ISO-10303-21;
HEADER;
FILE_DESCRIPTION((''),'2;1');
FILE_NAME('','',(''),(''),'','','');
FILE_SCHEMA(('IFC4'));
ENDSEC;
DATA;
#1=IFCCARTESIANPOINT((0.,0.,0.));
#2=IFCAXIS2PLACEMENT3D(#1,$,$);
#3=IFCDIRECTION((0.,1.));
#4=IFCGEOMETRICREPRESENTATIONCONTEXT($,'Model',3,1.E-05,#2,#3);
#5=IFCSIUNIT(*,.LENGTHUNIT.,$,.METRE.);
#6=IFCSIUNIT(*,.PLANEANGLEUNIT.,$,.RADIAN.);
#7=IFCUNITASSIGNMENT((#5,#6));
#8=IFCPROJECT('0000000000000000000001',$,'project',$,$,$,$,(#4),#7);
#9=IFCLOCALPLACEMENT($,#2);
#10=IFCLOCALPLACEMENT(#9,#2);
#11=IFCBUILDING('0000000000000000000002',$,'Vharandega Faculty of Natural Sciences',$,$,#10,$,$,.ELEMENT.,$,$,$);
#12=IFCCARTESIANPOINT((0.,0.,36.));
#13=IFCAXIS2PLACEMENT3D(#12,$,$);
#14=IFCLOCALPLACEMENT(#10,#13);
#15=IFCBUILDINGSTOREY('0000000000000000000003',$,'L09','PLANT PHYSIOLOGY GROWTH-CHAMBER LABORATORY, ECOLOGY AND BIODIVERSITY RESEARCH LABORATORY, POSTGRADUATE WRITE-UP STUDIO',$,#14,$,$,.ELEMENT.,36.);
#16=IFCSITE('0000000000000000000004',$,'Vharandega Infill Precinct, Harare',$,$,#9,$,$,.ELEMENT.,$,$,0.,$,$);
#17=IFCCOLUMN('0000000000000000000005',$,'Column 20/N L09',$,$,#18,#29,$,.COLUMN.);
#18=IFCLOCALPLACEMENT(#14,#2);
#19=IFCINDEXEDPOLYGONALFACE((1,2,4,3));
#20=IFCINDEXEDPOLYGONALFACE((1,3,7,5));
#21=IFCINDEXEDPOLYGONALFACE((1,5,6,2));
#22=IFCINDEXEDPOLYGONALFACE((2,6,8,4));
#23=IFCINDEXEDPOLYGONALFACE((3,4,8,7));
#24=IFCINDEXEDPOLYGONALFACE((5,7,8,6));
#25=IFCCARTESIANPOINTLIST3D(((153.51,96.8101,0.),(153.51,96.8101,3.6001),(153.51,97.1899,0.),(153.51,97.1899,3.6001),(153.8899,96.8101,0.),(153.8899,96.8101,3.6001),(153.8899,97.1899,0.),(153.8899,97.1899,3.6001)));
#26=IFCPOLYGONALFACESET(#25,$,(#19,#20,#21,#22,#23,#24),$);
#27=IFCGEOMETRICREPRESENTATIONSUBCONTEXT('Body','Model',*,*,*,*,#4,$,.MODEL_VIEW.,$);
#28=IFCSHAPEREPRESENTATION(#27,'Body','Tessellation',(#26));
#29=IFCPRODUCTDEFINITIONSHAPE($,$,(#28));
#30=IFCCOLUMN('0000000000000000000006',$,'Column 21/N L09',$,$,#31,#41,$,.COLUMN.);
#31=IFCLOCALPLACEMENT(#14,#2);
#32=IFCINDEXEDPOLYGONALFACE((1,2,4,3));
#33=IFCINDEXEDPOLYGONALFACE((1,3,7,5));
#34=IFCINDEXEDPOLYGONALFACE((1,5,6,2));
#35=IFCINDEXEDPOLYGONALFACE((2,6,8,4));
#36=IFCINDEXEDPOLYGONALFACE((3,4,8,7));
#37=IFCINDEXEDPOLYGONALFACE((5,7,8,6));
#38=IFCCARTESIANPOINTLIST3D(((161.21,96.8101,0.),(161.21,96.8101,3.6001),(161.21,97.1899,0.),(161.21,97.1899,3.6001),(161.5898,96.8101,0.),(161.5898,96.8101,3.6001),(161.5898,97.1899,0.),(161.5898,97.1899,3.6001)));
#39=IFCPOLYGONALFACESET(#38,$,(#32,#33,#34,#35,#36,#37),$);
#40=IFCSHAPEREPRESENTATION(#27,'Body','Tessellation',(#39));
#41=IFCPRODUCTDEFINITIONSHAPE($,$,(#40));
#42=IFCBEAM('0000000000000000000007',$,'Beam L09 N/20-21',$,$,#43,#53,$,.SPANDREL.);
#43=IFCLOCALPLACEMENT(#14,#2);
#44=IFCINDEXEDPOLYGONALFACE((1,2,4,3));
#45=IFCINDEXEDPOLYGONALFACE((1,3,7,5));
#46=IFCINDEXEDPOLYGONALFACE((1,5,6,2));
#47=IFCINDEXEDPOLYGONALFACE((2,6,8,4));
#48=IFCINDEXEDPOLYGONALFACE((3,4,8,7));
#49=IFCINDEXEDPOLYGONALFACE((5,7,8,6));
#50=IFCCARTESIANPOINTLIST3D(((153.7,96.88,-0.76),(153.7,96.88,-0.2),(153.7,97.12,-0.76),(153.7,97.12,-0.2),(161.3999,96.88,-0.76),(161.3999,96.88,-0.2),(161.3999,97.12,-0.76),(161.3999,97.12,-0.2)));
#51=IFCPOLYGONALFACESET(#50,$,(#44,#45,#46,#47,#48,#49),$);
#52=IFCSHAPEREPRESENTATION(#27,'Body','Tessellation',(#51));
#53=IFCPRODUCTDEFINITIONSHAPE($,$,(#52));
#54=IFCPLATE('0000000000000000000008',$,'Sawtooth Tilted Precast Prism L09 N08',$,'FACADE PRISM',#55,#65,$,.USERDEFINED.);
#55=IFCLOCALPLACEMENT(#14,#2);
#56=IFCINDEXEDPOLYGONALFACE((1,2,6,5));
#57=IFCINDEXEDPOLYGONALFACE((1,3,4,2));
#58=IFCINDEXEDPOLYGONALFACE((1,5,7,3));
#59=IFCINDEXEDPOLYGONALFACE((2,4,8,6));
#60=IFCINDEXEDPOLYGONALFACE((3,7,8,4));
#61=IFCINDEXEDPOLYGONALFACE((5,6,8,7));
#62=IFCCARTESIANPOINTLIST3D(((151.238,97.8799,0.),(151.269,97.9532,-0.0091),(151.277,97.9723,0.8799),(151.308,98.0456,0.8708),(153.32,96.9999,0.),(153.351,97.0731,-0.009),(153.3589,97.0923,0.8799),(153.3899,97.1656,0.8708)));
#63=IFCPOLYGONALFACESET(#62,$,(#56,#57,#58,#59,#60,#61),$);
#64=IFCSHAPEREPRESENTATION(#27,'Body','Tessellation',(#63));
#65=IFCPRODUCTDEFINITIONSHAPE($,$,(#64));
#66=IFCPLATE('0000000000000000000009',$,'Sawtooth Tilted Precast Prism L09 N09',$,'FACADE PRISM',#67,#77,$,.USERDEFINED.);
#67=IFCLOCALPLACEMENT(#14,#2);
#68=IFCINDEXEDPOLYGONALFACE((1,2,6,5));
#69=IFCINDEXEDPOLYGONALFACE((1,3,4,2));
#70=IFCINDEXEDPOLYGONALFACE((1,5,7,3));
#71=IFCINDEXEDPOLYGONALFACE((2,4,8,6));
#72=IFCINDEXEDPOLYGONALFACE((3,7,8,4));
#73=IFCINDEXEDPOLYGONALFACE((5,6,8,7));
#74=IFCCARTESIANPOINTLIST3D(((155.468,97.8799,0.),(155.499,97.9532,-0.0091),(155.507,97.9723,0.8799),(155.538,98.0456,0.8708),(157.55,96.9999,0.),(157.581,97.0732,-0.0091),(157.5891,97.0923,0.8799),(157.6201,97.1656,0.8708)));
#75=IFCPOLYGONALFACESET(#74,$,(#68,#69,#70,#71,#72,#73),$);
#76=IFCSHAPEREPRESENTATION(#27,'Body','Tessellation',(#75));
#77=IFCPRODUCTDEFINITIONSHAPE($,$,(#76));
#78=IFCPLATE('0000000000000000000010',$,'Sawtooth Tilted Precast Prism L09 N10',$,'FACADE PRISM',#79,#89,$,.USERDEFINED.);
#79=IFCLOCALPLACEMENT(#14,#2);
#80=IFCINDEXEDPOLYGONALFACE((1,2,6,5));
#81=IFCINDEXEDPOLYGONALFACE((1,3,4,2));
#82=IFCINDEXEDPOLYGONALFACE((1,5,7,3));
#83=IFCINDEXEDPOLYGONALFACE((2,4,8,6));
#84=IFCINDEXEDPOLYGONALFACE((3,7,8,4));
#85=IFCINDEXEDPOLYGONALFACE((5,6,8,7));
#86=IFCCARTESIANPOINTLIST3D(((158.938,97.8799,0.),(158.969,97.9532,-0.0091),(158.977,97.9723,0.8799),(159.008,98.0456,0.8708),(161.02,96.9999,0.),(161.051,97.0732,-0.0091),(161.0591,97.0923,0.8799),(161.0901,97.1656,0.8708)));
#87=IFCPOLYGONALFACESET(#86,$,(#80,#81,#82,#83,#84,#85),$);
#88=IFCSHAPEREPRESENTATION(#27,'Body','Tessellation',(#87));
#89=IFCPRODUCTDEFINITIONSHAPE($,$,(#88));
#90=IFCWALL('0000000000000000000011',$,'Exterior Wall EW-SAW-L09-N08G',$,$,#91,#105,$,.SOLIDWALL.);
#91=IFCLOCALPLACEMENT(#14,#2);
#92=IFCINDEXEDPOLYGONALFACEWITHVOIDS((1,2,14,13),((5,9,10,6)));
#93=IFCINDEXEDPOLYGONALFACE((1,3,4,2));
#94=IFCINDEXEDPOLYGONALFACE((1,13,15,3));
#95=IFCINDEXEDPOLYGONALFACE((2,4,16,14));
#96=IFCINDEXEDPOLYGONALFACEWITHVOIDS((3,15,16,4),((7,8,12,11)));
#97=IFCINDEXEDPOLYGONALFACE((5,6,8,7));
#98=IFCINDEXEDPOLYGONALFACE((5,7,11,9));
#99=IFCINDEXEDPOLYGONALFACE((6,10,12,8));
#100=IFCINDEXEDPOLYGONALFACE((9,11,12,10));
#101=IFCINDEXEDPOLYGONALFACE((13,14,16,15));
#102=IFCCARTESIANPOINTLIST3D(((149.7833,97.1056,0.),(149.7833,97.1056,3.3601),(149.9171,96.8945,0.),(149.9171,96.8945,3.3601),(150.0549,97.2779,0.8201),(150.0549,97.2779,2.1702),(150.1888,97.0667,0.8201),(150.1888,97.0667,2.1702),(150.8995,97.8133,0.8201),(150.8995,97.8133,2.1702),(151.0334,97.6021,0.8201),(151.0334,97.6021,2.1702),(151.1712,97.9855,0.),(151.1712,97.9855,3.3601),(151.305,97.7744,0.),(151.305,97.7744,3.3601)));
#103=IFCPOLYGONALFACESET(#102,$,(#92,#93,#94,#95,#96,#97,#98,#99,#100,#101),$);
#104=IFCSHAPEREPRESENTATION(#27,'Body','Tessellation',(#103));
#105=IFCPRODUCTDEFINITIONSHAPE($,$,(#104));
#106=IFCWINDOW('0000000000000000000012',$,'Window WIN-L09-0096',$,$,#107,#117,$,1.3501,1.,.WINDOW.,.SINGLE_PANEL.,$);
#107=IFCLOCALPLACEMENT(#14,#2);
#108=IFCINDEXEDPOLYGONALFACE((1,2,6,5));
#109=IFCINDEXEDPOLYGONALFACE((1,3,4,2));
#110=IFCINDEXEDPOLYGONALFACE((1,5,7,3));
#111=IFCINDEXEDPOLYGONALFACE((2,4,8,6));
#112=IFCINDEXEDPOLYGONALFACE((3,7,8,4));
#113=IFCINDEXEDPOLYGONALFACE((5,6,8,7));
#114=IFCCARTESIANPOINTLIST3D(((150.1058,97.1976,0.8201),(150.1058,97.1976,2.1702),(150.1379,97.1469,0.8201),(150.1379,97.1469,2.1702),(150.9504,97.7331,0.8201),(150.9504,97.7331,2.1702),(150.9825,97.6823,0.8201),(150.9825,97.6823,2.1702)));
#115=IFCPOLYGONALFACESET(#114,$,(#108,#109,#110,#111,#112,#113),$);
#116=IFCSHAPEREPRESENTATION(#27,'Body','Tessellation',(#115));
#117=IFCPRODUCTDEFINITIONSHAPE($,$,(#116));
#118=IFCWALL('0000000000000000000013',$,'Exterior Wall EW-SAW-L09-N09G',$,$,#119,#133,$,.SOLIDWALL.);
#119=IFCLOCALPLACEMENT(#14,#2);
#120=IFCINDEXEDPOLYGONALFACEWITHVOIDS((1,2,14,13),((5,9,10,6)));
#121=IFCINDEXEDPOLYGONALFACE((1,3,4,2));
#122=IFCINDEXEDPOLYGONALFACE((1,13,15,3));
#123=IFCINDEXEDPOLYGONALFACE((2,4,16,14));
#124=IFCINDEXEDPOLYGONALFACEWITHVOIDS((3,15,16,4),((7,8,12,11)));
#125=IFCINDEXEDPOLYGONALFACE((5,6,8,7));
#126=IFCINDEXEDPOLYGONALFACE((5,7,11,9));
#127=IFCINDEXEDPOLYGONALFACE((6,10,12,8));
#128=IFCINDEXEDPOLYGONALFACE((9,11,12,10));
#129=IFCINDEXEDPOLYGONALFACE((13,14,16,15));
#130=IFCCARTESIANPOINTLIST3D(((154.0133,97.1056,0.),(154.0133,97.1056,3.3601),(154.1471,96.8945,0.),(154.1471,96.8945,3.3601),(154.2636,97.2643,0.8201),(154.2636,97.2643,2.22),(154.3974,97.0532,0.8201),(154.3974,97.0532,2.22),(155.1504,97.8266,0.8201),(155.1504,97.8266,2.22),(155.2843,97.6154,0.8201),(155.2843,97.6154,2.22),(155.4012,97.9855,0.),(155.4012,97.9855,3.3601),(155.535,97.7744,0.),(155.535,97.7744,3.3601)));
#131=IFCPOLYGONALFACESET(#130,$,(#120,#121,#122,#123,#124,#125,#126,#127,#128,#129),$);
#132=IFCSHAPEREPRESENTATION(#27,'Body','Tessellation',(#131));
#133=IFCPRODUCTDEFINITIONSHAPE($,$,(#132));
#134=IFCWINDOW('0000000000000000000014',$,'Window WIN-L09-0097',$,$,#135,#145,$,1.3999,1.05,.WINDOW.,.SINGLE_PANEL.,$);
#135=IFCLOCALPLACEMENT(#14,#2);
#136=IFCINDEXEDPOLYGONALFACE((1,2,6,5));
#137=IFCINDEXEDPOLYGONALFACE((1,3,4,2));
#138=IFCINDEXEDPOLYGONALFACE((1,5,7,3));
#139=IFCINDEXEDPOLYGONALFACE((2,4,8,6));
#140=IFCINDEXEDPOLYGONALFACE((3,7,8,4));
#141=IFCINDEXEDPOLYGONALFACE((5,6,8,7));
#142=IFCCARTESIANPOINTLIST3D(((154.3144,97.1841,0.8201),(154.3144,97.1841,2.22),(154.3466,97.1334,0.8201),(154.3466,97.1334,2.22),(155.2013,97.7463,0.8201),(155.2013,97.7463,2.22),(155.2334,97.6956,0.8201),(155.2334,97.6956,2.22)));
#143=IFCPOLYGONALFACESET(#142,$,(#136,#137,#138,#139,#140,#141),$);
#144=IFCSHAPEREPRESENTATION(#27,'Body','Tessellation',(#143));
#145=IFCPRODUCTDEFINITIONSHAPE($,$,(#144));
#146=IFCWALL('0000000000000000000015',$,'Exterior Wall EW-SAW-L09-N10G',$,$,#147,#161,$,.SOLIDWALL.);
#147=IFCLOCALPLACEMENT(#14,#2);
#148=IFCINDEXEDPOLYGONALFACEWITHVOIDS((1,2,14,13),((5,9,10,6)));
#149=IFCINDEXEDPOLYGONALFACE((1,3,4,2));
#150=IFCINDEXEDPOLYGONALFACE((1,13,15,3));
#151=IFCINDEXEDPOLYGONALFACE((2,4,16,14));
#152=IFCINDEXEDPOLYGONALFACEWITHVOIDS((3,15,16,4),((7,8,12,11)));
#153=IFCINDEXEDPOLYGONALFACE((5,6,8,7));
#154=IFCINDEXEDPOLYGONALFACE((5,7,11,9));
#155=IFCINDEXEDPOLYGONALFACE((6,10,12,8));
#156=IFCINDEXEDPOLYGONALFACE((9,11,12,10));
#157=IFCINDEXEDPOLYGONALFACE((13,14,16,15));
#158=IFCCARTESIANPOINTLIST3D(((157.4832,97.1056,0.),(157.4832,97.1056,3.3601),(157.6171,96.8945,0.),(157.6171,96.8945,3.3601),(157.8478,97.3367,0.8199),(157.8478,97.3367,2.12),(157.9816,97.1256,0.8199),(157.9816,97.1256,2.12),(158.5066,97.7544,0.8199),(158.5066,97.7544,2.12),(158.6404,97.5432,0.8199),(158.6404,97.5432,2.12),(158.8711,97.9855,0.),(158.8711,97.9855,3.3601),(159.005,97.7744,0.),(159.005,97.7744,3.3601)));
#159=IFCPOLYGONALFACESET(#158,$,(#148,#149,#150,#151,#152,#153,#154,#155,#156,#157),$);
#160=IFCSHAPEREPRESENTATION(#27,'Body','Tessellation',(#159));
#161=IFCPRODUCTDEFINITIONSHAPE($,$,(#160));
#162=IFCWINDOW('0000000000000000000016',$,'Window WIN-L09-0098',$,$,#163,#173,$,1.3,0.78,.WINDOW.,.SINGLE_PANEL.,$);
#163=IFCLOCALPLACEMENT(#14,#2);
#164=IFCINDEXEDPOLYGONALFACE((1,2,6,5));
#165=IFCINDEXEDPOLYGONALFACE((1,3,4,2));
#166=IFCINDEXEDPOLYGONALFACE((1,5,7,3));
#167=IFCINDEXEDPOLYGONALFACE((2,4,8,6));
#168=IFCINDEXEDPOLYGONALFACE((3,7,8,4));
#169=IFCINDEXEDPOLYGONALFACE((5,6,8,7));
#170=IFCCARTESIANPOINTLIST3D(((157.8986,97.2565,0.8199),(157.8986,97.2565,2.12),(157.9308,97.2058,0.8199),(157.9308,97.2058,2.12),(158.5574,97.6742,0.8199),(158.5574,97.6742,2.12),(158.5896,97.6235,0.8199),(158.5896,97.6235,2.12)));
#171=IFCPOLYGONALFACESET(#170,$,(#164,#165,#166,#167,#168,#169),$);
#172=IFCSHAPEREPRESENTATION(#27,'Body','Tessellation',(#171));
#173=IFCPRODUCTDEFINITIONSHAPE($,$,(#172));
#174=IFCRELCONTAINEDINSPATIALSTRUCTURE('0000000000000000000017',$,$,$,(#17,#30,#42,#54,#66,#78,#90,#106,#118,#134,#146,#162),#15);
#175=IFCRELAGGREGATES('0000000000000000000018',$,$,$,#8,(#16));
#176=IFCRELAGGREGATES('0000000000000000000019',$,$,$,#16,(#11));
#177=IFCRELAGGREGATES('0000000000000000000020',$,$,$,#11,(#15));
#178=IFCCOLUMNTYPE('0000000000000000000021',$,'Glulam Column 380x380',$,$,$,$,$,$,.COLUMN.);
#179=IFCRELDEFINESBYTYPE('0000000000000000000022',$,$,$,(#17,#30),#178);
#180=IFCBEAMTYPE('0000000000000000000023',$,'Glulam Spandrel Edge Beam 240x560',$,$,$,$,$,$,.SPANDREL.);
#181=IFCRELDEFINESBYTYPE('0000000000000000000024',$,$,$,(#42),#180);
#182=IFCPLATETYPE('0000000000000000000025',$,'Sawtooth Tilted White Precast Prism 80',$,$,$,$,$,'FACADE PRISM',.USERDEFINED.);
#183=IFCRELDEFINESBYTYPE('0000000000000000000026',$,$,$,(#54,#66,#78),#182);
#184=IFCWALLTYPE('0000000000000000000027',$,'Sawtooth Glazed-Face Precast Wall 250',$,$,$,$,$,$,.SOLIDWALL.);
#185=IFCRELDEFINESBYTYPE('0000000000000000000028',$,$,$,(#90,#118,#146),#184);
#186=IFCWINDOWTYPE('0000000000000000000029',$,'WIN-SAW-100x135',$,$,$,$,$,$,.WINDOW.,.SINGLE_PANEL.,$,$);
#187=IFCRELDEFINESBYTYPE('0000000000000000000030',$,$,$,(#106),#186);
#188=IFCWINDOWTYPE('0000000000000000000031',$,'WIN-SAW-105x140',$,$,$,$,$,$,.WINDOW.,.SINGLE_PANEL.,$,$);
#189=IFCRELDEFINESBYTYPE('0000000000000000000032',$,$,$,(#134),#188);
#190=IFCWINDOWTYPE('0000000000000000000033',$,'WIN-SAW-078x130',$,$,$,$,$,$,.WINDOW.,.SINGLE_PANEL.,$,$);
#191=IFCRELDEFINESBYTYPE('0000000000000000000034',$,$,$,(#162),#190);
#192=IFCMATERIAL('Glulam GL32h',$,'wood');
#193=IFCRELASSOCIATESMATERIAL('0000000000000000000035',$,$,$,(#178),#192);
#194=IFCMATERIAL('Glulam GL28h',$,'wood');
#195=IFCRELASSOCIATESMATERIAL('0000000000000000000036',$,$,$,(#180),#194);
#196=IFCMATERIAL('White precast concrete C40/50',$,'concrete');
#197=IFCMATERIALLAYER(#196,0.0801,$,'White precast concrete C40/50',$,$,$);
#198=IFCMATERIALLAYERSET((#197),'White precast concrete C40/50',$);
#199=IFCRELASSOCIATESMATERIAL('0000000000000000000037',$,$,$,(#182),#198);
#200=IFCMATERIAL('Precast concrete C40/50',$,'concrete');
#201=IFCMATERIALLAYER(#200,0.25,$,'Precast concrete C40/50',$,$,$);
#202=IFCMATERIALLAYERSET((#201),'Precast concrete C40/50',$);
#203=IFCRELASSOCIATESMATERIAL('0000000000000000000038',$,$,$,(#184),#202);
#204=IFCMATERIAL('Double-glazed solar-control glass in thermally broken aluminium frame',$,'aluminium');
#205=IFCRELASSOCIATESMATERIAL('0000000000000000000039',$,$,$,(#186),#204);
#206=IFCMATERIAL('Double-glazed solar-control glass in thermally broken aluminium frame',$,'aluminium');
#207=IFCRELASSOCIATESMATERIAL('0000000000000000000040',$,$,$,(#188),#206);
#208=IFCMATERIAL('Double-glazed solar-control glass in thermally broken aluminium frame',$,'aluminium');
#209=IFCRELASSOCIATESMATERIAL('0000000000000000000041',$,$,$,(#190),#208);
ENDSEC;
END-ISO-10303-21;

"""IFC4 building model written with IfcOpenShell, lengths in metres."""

from ifc_helpers import new_model, si_unit, direction, frame, frame_2d, origin, origin_2d, place, context, subcontext, project, spatial, polyline, rectangle, outline, extrude, material, layer, layer_set, material_profile, profile_set, type_object, element, fill, save


model = new_model("IFC4")

# Units and contexts
model_context = context("Model", 3, precision=1e-05, world=origin(), true_north=direction((0.0, 1.0)))
body_context = subcontext(model_context, "Body", "Model", "MODEL_VIEW")
ifc_project = project(units=[si_unit("LENGTHUNIT", "METRE"), si_unit("PLANEANGLEUNIT", "RADIAN")], contexts=[model_context])

# Site, building, storey
site_placement = place(None, origin())
site = spatial("IfcSite", under=ifc_project, at=site_placement, Name="Vharandega Infill Precinct, Harare", CompositionType="ELEMENT", RefElevation=0.0)
building_placement = place(site_placement, origin())
building = spatial("IfcBuilding", under=site, at=building_placement, Name="Vharandega Faculty of Natural Sciences", CompositionType="ELEMENT")
storey_placement = place(building_placement, frame((0.0, 0.0, 36.0)))
storey = spatial("IfcBuildingStorey", under=building, at=storey_placement, Name="L09", Description="PLANT PHYSIOLOGY GROWTH-CHAMBER LABORATORY, ECOLOGY AND BIODIVERSITY RESEARCH LABORATORY, POSTGRADUATE WRITE-UP STUDIO", CompositionType="ELEMENT", Elevation=36.0)

# Columns
ifc_material_1 = material(Name="Glulam GL32h", Category="wood")
ifc_material_profile_1 = material_profile(ifc_material_1, rectangle(XDim=0.3799, YDim=0.3799, at=origin_2d()), Name="GL32h 380x380")
ifc_profile_set_1 = profile_set([ifc_material_profile_1], Name="Glulam GL32h")
column_type = type_object("IfcColumnType", Name="Glulam Column 380x380", PredefinedType="COLUMN", material=ifc_profile_set_1)
for number, where, z_axis, x_axis, name in (
    (1, (153.7, 97.0, 0.0), (0.0, 0.0, 1.0), (1.0, 0.0, 0.0), "Column 20/N L09"),
    (2, (161.3999, 97.0, 0.0), (0.0, 0.0, 1.0), (1.0, 0.0, 0.0), "Column 21/N L09"),
):
    element("IfcColumn", number, at=place(storey_placement, frame(where, z_axis=z_axis, x_axis=x_axis)), inside=storey, type_object=column_type, Name=name, PredefinedType="COLUMN", context=body_context, shape_type="SweptSolid", body=[
        extrude(rectangle(XDim=0.3799, YDim=0.3799, at=origin_2d()), origin(), (0.0, 0.0, 1.0), 3.6001),
    ])

# Beam
ifc_material_2 = material(Name="Glulam GL28h", Category="wood")
ifc_material_profile_2 = material_profile(ifc_material_2, rectangle(XDim=0.24, YDim=0.5601, at=origin_2d()), Name="GL28h 240x560")
ifc_profile_set_2 = profile_set([ifc_material_profile_2], Name="Glulam GL28h")
beam_type = type_object("IfcBeamType", Name="Glulam Spandrel Edge Beam 240x560", PredefinedType="SPANDREL", material=ifc_profile_set_2)
beam_placement = place(storey_placement, frame((153.7, 97.0, -0.48), z_axis=(1.0, 0.0, 0.0), x_axis=(0.0, 1.0, 0.0)))
element("IfcBeam", 3, at=beam_placement, inside=storey, type_object=beam_type, Name="Beam L09 N/20-21", PredefinedType="SPANDREL", context=body_context, shape_type="SweptSolid", body=[
    extrude(rectangle(XDim=0.24, YDim=0.5601, at=origin_2d()), origin(), (0.0, 0.0, 1.0), 7.7),
])

# Plates
ifc_material_3 = material(Name="White precast concrete C40/50", Category="concrete")
ifc_layer_1 = layer(ifc_material_3, 0.0801, Name="White precast concrete C40/50")
ifc_layer_set_1 = layer_set([ifc_layer_1], Name="White precast concrete C40/50")
plate_type = type_object("IfcPlateType", Name="Sawtooth Tilted White Precast Prism 80", ElementType="FACADE PRISM", PredefinedType="USERDEFINED", material=ifc_layer_set_1)
plate_placement = place(storey_placement, frame((151.238, 97.8799, 0.0), z_axis=(-0.386835, -0.915171, 0.113233), x_axis=(0.044039, 0.104318, 0.993568)))
element("IfcPlate", 4, at=plate_placement, inside=storey, type_object=plate_type, Name="Sawtooth Tilted Precast Prism L09 N08", ObjectType="FACADE PRISM", PredefinedType="USERDEFINED", context=body_context, shape_type="SweptSolid", body=[
    extrude(outline(polyline([(0.0, 0.0), (0.8856, 0.0), (0.8855, -2.2602), (-0.0001, -2.2603), (0.0, 0.0)])), origin(), (0.0, 0.0, -1.0), 0.0801),
])
for number, where, z_axis, x_axis, name in (
    (5, (155.468, 97.8799, 0.0), (-0.386813, -0.915173, 0.113286), (0.04406, 0.104367, 0.993562), "Sawtooth Tilted Precast Prism L09 N09"),
    (6, (158.938, 97.8799, 0.0), (-0.386813, -0.915173, 0.113286), (0.04406, 0.104367, 0.993562), "Sawtooth Tilted Precast Prism L09 N10"),
):
    element("IfcPlate", number, at=place(storey_placement, frame(where, z_axis=z_axis, x_axis=x_axis)), inside=storey, type_object=plate_type, Name=name, ObjectType="FACADE PRISM", PredefinedType="USERDEFINED", context=body_context, shape_type="SweptSolid", body=[
        extrude(outline(polyline([(0.0, 0.0), (0.8856, 0.0), (0.8855, -2.2604), (-0.0001, -2.2603), (0.0, 0.0)])), origin(), (0.0, 0.0, -1.0), 0.0801),
    ])

# Walls, openings, windows
ifc_material_4 = material(Name="Precast concrete C40/50", Category="concrete")
ifc_layer_2 = layer(ifc_material_4, 0.25, Name="Precast concrete C40/50")
ifc_layer_set_2 = layer_set([ifc_layer_2], Name="Precast concrete C40/50")
wall_type_1 = type_object("IfcWallType", Name="Sawtooth Glazed-Face Precast Wall 250", PredefinedType="SOLIDWALL", material=ifc_layer_set_2)
wall_1_placement = place(storey_placement, frame((149.8501, 97.0, 0.0), z_axis=(0.0, 0.0, 1.0), x_axis=(0.844584, 0.535423, 0.0)))
wall_1 = element("IfcWall", 7, at=wall_1_placement, inside=storey, type_object=wall_type_1, Name="Exterior Wall EW-SAW-L09-N08G", PredefinedType="SOLIDWALL", context=body_context, shape_type="SweptSolid", body=[
    extrude(rectangle(XDim=1.6433, YDim=0.25, at=frame_2d((0.8218, 0.0))), origin(), (0.0, 0.0, 1.0), 3.3601),
])
opening_1_placement = place(wall_1_placement, frame((0.3218, 0.0, 0.8201)))
opening_1 = element("IfcOpeningElement", 8, at=opening_1_placement, cuts=wall_1, PredefinedType="OPENING", context=body_context, shape_type="SweptSolid", body=[
    extrude(rectangle(XDim=1.0, YDim=1.3501, at=frame_2d((0.5, 0.675))), frame((0.0, 0.135, 0.0), z_axis=(0.0, -1.0, 0.0), x_axis=(1.0, 0.0, 0.0)), (0.0, 0.0, 1.0), 0.27),
])
ifc_material_5 = material(Name="Double-glazed solar-control glass in thermally broken aluminium frame", Category="aluminium")
window_type_1 = type_object("IfcWindowType", Name="WIN-SAW-100x135", PartitioningType="SINGLE_PANEL", PredefinedType="WINDOW", material=ifc_material_5)
window_1_placement = place(opening_1_placement, origin())
window_1 = element("IfcWindow", 9, at=window_1_placement, inside=storey, type_object=window_type_1, Name="Window WIN-L09-0096", OverallHeight=1.3501, OverallWidth=1.0, PartitioningType="SINGLE_PANEL", PredefinedType="WINDOW", context=body_context, shape_type="SweptSolid", body=[
    extrude(rectangle(XDim=1.0, YDim=1.3501, at=frame_2d((0.5, 0.675))), frame((0.0, 0.03, 0.0), z_axis=(0.0, -1.0, 0.0), x_axis=(1.0, 0.0, 0.0)), (0.0, 0.0, 1.0), 0.0601),
])
fill(opening_1, window_1)
wall_2_placement = place(storey_placement, frame((154.0801, 97.0, 0.0), z_axis=(0.0, 0.0, 1.0), x_axis=(0.844584, 0.535423, 0.0)))
wall_2 = element("IfcWall", 10, at=wall_2_placement, inside=storey, type_object=wall_type_1, Name="Exterior Wall EW-SAW-L09-N09G", PredefinedType="SOLIDWALL", context=body_context, shape_type="SweptSolid", body=[
    extrude(rectangle(XDim=1.6433, YDim=0.25, at=frame_2d((0.8218, 0.0))), origin(), (0.0, 0.0, 1.0), 3.3601),
])
opening_2_placement = place(wall_2_placement, frame((0.2966, 0.0, 0.8201)))
opening_2 = element("IfcOpeningElement", 11, at=opening_2_placement, cuts=wall_2, PredefinedType="OPENING", context=body_context, shape_type="SweptSolid", body=[
    extrude(rectangle(XDim=1.05, YDim=1.3999, at=frame_2d((0.5249, 0.7))), frame((0.0, 0.135, 0.0), z_axis=(0.0, -1.0, 0.0), x_axis=(1.0, 0.0, 0.0)), (0.0, 0.0, 1.0), 0.27),
])
ifc_material_6 = material(Name="Double-glazed solar-control glass in thermally broken aluminium frame", Category="aluminium")
window_type_2 = type_object("IfcWindowType", Name="WIN-SAW-105x140", PartitioningType="SINGLE_PANEL", PredefinedType="WINDOW", material=ifc_material_6)
window_2_placement = place(opening_2_placement, origin())
window_2 = element("IfcWindow", 12, at=window_2_placement, inside=storey, type_object=window_type_2, Name="Window WIN-L09-0097", OverallHeight=1.3999, OverallWidth=1.05, PartitioningType="SINGLE_PANEL", PredefinedType="WINDOW", context=body_context, shape_type="SweptSolid", body=[
    extrude(rectangle(XDim=1.05, YDim=1.3999, at=frame_2d((0.5249, 0.7))), frame((0.0, 0.03, 0.0), z_axis=(0.0, -1.0, 0.0), x_axis=(1.0, 0.0, 0.0)), (0.0, 0.0, 1.0), 0.0601),
])
fill(opening_2, window_2)
wall_3_placement = place(storey_placement, frame((157.55, 97.0, 0.0), z_axis=(0.0, 0.0, 1.0), x_axis=(0.844584, 0.535423, 0.0)))
wall_3 = element("IfcWall", 13, at=wall_3_placement, inside=storey, type_object=wall_type_1, Name="Exterior Wall EW-SAW-L09-N10G", PredefinedType="SOLIDWALL", context=body_context, shape_type="SweptSolid", body=[
    extrude(rectangle(XDim=1.6433, YDim=0.25, at=frame_2d((0.8218, 0.0))), origin(), (0.0, 0.0, 1.0), 3.3601),
])
opening_3_placement = place(wall_3_placement, frame((0.4316, 0.0, 0.8201)))
opening_3 = element("IfcOpeningElement", 14, at=opening_3_placement, cuts=wall_3, PredefinedType="OPENING", context=body_context, shape_type="SweptSolid", body=[
    extrude(rectangle(XDim=0.78, YDim=1.3, at=frame_2d((0.3901, 0.6499))), frame((0.0, 0.135, 0.0), z_axis=(0.0, -1.0, 0.0), x_axis=(1.0, 0.0, 0.0)), (0.0, 0.0, 1.0), 0.27),
])
ifc_material_7 = material(Name="Double-glazed solar-control glass in thermally broken aluminium frame", Category="aluminium")
window_type_3 = type_object("IfcWindowType", Name="WIN-SAW-078x130", PartitioningType="SINGLE_PANEL", PredefinedType="WINDOW", material=ifc_material_7)
window_3_placement = place(opening_3_placement, origin())
window_3 = element("IfcWindow", 15, at=window_3_placement, inside=storey, type_object=window_type_3, Name="Window WIN-L09-0098", OverallHeight=1.3, OverallWidth=0.78, PartitioningType="SINGLE_PANEL", PredefinedType="WINDOW", context=body_context, shape_type="SweptSolid", body=[
    extrude(rectangle(XDim=0.78, YDim=1.3, at=frame_2d((0.3901, 0.6499))), frame((0.0, 0.03, 0.0), z_axis=(0.0, -1.0, 0.0), x_axis=(1.0, 0.0, 0.0)), (0.0, 0.0, 1.0), 0.0601),
])
fill(opening_3, window_3)

save(model, "model.ifc")
